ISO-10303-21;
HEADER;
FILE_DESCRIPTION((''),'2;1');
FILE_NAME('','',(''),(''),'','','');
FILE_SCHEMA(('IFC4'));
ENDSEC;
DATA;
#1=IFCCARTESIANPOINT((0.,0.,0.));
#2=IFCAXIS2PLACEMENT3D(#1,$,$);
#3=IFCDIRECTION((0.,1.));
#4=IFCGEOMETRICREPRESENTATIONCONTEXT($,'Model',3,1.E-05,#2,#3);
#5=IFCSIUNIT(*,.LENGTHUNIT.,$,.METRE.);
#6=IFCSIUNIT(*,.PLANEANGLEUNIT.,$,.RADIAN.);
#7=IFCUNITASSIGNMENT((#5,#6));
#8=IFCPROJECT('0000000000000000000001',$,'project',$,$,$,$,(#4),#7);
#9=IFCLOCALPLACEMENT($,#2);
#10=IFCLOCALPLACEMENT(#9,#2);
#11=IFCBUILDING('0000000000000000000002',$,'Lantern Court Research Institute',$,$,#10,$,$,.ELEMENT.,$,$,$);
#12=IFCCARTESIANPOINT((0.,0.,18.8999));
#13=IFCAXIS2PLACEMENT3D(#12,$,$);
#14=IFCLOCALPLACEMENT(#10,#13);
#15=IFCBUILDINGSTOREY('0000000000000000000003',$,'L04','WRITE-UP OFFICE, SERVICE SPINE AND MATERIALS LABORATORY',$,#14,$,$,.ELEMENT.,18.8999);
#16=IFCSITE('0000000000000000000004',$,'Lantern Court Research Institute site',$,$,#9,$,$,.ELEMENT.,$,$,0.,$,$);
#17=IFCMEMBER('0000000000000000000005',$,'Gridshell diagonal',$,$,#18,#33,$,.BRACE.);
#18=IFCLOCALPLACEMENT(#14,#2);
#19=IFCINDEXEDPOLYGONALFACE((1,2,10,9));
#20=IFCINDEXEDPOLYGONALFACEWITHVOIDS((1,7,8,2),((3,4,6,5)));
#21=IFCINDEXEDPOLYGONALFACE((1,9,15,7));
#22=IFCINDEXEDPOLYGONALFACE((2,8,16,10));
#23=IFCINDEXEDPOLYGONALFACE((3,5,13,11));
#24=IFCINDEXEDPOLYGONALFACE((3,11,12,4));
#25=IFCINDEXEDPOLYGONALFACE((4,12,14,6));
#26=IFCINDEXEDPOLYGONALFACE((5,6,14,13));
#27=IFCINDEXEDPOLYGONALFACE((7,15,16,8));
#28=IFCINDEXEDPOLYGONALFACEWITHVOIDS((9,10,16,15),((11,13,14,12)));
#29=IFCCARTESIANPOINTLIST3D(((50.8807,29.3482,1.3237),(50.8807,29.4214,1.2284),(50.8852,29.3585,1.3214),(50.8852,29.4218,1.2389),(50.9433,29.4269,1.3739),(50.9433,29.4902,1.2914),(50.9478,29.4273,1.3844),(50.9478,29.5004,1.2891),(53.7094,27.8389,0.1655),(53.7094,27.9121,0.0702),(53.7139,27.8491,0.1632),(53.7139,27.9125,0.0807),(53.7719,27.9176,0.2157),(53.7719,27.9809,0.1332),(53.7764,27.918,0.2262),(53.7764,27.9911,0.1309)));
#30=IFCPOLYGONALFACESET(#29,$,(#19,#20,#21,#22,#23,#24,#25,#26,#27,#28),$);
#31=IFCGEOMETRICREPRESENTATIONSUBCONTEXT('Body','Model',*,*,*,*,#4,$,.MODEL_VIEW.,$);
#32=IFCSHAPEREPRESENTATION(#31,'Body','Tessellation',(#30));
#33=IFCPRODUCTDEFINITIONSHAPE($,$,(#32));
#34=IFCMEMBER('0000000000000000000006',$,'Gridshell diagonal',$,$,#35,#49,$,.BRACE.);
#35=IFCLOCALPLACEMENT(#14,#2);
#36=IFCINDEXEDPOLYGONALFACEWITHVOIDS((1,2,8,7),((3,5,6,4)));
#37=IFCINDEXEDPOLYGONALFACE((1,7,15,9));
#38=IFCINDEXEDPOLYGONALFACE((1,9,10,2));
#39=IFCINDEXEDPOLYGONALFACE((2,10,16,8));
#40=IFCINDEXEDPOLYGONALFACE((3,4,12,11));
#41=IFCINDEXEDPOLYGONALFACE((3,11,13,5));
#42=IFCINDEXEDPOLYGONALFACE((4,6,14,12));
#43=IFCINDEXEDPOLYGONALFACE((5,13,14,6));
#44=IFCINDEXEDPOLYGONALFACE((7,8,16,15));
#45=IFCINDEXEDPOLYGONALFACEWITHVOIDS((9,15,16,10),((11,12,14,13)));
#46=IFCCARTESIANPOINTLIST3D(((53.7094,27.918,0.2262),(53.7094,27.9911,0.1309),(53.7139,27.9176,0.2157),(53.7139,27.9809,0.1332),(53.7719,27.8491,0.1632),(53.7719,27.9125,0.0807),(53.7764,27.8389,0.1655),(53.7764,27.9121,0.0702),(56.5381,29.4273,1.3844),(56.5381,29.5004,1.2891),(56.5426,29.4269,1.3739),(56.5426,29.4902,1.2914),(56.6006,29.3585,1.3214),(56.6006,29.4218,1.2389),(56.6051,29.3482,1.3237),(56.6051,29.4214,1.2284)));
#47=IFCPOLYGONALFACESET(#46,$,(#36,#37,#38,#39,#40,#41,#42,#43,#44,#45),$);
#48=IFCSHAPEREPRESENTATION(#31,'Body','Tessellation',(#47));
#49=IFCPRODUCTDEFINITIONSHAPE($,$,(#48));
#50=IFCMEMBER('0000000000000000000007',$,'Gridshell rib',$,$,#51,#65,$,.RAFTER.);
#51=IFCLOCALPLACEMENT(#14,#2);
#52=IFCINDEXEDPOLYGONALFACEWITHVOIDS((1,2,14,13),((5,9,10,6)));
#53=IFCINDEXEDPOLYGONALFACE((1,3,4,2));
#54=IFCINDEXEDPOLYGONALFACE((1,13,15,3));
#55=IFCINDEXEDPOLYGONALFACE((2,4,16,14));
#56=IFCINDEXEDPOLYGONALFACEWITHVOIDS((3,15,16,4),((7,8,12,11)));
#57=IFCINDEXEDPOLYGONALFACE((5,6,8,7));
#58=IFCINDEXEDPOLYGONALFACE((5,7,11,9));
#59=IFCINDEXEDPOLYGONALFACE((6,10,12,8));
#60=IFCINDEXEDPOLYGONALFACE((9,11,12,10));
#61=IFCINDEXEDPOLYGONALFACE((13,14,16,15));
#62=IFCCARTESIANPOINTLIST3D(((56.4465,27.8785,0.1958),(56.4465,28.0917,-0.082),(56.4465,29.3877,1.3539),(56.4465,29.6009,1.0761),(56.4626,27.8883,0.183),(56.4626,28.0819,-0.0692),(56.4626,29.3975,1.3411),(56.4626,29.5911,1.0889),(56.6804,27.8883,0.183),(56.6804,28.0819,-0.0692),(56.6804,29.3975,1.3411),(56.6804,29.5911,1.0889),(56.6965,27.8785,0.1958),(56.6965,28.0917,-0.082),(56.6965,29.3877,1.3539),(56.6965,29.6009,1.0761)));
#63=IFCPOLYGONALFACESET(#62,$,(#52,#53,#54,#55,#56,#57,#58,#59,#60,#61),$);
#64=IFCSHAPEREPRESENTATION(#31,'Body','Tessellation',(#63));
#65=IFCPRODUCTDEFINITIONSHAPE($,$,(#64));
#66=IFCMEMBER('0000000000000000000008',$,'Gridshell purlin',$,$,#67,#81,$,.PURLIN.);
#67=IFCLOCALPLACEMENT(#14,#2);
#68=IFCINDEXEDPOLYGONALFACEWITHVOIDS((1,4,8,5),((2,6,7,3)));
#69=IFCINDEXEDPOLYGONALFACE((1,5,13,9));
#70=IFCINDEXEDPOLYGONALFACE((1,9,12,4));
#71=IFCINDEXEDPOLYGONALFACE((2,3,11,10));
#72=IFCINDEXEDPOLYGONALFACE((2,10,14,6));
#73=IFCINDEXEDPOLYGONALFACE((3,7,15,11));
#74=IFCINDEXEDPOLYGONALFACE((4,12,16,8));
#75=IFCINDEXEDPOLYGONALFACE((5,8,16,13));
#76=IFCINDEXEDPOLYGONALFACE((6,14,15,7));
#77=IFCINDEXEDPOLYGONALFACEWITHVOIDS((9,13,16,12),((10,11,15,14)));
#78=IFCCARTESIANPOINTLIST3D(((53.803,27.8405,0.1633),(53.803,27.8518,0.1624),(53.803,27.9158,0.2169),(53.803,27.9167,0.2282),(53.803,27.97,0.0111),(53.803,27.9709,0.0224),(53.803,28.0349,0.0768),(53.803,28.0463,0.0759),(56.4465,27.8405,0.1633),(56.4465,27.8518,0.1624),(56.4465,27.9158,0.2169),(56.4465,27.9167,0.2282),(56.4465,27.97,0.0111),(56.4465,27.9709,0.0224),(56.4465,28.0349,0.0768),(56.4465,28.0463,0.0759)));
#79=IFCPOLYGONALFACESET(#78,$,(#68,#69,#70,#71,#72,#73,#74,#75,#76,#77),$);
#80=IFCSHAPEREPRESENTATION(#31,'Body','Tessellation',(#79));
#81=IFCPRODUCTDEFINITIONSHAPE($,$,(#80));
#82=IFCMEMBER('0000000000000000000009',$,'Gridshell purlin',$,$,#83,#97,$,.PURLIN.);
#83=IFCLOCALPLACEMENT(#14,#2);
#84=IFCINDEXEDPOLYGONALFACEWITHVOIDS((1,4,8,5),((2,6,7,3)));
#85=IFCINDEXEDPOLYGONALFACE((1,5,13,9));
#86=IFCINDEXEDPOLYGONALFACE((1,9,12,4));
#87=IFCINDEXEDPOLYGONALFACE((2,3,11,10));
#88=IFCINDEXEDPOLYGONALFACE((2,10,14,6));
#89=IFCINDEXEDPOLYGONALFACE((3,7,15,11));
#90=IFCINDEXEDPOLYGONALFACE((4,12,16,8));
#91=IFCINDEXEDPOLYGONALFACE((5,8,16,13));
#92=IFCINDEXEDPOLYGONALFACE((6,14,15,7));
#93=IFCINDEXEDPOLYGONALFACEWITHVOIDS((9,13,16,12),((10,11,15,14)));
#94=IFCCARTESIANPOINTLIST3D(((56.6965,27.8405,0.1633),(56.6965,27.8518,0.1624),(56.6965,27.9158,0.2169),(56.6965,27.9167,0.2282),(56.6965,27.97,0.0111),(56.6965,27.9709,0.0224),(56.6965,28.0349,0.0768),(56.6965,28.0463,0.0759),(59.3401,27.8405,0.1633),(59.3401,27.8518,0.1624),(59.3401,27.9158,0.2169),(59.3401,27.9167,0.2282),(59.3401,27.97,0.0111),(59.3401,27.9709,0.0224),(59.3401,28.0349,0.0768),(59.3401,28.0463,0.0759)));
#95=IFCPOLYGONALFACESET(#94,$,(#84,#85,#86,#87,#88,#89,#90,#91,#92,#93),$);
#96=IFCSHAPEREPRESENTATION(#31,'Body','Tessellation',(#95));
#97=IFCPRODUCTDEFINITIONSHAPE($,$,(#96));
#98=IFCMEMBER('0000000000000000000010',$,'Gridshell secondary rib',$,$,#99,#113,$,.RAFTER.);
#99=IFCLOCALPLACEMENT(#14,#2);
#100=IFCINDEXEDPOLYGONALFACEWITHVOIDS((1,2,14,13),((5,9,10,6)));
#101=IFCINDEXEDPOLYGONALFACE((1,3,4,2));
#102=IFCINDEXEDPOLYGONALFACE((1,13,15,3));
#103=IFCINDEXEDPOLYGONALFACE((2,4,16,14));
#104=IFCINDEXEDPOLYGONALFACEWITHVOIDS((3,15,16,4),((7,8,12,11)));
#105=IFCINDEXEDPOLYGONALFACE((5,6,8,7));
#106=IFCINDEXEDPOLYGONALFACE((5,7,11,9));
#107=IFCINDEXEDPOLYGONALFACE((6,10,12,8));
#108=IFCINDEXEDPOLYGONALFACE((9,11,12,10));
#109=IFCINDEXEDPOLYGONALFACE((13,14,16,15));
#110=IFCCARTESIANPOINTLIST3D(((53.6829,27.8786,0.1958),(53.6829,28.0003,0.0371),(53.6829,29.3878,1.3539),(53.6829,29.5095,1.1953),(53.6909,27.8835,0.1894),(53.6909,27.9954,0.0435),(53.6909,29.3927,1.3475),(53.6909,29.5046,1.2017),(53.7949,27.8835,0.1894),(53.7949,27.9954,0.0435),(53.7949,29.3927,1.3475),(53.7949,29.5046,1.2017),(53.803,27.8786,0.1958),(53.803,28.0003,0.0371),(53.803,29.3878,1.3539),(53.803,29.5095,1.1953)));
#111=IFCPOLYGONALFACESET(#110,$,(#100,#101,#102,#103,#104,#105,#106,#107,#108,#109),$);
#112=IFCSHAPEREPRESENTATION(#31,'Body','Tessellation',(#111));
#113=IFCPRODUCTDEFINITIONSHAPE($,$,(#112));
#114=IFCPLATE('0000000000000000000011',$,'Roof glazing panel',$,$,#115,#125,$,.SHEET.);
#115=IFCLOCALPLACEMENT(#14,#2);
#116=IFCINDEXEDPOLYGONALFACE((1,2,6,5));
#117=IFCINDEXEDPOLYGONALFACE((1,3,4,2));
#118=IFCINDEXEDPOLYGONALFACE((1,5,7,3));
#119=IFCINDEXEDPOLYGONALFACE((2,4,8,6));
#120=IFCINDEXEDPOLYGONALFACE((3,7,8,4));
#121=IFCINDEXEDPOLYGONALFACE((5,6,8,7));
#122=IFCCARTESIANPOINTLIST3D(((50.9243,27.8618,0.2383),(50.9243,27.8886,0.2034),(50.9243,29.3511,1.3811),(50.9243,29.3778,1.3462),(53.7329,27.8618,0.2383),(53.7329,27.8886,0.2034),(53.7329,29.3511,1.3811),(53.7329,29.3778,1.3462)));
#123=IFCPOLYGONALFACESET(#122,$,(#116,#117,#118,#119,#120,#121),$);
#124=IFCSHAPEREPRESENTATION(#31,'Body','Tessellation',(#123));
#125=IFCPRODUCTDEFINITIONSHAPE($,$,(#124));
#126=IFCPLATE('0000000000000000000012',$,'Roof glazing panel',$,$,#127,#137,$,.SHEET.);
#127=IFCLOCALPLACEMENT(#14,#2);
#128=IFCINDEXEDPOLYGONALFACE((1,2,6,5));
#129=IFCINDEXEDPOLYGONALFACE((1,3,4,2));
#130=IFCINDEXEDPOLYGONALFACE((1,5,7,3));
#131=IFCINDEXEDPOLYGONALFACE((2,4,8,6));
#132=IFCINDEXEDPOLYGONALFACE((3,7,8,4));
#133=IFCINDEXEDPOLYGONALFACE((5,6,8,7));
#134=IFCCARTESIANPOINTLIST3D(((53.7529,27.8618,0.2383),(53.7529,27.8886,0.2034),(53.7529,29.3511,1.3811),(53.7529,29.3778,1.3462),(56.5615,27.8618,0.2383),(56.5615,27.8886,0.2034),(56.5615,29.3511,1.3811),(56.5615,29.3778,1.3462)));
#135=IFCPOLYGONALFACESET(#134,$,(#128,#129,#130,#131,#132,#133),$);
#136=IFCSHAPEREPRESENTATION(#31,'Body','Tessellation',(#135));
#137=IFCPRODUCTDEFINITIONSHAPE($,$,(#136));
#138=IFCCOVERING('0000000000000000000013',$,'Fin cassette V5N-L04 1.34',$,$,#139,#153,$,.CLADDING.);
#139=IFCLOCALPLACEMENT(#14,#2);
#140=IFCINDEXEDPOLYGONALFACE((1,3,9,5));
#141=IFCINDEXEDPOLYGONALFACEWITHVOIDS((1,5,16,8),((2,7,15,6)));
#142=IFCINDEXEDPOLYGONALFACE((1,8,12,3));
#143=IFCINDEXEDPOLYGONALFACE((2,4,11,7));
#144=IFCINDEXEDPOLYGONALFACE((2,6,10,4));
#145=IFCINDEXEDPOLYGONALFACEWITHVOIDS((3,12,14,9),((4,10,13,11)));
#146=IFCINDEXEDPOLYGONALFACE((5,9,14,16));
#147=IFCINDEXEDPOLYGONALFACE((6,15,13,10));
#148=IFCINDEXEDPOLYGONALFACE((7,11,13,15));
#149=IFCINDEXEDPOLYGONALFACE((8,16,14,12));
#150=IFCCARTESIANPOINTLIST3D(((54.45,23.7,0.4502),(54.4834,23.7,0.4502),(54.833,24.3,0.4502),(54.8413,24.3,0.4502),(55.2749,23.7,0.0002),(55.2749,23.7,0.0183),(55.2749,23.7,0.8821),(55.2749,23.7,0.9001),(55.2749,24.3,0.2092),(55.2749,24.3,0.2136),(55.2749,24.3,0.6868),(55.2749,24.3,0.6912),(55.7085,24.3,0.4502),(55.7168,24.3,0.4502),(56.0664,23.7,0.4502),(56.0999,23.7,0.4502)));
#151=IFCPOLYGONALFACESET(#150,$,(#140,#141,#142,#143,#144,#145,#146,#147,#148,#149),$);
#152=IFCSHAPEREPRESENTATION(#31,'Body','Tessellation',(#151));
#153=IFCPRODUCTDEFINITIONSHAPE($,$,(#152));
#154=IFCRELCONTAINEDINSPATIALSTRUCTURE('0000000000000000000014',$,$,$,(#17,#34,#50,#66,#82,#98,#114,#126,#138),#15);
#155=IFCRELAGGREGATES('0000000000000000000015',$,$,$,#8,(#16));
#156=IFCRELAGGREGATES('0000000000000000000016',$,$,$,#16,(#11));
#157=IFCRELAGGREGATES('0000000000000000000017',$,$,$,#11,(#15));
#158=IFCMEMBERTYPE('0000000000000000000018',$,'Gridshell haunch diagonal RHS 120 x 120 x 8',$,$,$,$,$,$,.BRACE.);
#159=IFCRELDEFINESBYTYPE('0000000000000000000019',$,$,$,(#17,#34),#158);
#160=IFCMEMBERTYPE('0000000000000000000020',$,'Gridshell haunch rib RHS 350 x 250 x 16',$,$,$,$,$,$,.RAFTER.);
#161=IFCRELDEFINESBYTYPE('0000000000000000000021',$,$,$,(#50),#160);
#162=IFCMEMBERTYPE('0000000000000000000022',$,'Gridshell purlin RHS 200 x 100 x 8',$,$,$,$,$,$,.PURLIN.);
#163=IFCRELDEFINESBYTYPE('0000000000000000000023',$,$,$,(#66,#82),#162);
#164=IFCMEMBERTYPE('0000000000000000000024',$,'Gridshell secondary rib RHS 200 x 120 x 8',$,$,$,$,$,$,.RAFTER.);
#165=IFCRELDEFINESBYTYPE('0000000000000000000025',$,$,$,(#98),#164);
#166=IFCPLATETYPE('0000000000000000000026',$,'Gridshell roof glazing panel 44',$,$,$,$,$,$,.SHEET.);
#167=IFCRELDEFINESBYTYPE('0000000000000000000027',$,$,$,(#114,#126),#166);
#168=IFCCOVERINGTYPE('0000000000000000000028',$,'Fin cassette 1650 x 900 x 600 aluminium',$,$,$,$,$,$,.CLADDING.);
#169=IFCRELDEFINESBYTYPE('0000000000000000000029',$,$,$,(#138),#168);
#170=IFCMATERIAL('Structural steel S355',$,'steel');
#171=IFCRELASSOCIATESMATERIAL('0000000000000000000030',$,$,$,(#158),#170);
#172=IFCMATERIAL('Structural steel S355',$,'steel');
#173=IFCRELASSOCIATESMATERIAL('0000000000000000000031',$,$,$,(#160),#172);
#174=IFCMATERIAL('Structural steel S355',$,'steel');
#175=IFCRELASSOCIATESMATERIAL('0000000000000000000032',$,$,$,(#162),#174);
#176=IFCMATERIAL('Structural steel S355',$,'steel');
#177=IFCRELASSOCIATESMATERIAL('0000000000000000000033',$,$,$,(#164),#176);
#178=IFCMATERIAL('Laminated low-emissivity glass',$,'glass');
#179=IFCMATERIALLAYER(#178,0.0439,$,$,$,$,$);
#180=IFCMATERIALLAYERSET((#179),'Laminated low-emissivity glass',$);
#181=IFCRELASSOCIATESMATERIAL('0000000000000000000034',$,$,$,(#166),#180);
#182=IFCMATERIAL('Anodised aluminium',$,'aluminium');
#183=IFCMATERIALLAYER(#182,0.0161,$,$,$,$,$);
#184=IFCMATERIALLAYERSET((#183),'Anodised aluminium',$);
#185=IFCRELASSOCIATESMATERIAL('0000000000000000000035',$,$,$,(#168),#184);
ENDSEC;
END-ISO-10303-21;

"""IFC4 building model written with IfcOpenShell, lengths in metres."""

from ifc_helpers import new_model, entity, si_unit, direction, frame, origin, origin_2d, place, context, subcontext, project, spatial, polyline, hollow_rectangle, outline, extrude, material, layer, layer_set, material_profile, profile_set, type_object, element, save


model = new_model("IFC4")

# Units and contexts
model_context = context("Model", 3, precision=1e-05, world=origin(), true_north=direction((0.0, 1.0)))
body_context = subcontext(model_context, "Body", "Model", "MODEL_VIEW")
ifc_project = project(units=[si_unit("LENGTHUNIT", "METRE"), si_unit("PLANEANGLEUNIT", "RADIAN")], contexts=[model_context])

# Site, building, storey
site_placement = place(None, origin())
site = spatial("IfcSite", under=ifc_project, at=site_placement, Name="Lantern Court Research Institute site", CompositionType="ELEMENT", RefElevation=0.0)
building_placement = place(site_placement, origin())
building = spatial("IfcBuilding", under=site, at=building_placement, Name="Lantern Court Research Institute", CompositionType="ELEMENT")
storey_placement = place(building_placement, frame((0.0, 0.0, 18.8999)))
storey = spatial("IfcBuildingStorey", under=building, at=storey_placement, Name="L04", Description="WRITE-UP OFFICE, SERVICE SPINE AND MATERIALS LABORATORY", CompositionType="ELEMENT", Elevation=18.8999)

# Members
ifc_material_1 = material(Name="Structural steel S355", Category="steel")
ifc_material_profile_1 = material_profile(ifc_material_1, hollow_rectangle(XDim=0.1201, YDim=0.1201, WallThickness=0.0081, at=origin_2d()), Name="Gridshell haunch diagonal RHS 120 x 120 x 8")
ifc_profile_set_1 = profile_set([ifc_material_profile_1], Name="Structural steel S355")
member_type_1 = type_object("IfcMemberType", Name="Gridshell haunch diagonal RHS 120 x 120 x 8", PredefinedType="BRACE", material=ifc_profile_set_1)
for number, where, z_axis, x_axis, name in (
    (1, (53.7429, 27.915, 0.1482), (-0.82978, 0.44275, 0.339761), (-0.558091, -0.65828, -0.505176), "Gridshell diagonal"),
    (2, (53.7429, 27.915, 0.1482), (0.82978, 0.44275, 0.339761), (-0.558091, 0.65828, 0.505176), "Gridshell diagonal"),
):
    element("IfcMember", number, at=place(storey_placement, frame(where, z_axis=z_axis, x_axis=x_axis)), inside=storey, type_object=member_type_1, Name=name, PredefinedType="BRACE", context=body_context, shape_type="SweptSolid", body=[
        extrude(hollow_rectangle(XDim=0.1201, YDim=0.1201, WallThickness=0.0081, at=origin_2d()), origin(), (0.0, 0.0, 1.0), 3.4089),
    ])
ifc_material_2 = material(Name="Structural steel S355", Category="steel")
ifc_material_profile_2 = material_profile(ifc_material_2, hollow_rectangle(XDim=0.25, YDim=0.3501, WallThickness=0.0161, at=origin_2d()), Name="Gridshell haunch rib RHS 350 x 250 x 16")
ifc_profile_set_2 = profile_set([ifc_material_profile_2], Name="Structural steel S355")
member_type_2 = type_object("IfcMemberType", Name="Gridshell haunch rib RHS 350 x 250 x 16", PredefinedType="RAFTER", material=ifc_profile_set_2)
member_1_placement = place(storey_placement, frame((56.5715, 27.9851, 0.0569), z_axis=(0.0, 0.79333, 0.608792), x_axis=(-1.0, 0.0, 0.0)))
element("IfcMember", 3, at=member_1_placement, inside=storey, type_object=member_type_2, Name="Gridshell rib", PredefinedType="RAFTER", context=body_context, shape_type="SweptSolid", body=[
    extrude(hollow_rectangle(XDim=0.25, YDim=0.3501, WallThickness=0.0161, at=origin_2d()), origin(), (0.0, 0.0, 1.0), 1.9023),
])
ifc_material_3 = material(Name="Structural steel S355", Category="steel")
ifc_material_profile_3 = material_profile(ifc_material_3, hollow_rectangle(XDim=0.1001, YDim=0.2, WallThickness=0.0081, at=origin_2d()), Name="Gridshell purlin RHS 200 x 100 x 8")
ifc_profile_set_3 = profile_set([ifc_material_profile_3], Name="Structural steel S355")
member_type_3 = type_object("IfcMemberType", Name="Gridshell purlin RHS 200 x 100 x 8", PredefinedType="PURLIN", material=ifc_profile_set_3)
for number, where, z_axis, x_axis, name in (
    (4, (53.803, 27.9434, 0.1196), (1.0, 0.0, 0.0), (0.0, 0.761673, 0.647962), "Gridshell purlin"),
    (5, (56.6965, 27.9434, 0.1196), (1.0, 0.0, 0.0), (0.0, 0.761673, 0.647962), "Gridshell purlin"),
):
    element("IfcMember", number, at=place(storey_placement, frame(where, z_axis=z_axis, x_axis=x_axis)), inside=storey, type_object=member_type_3, Name=name, PredefinedType="PURLIN", context=body_context, shape_type="SweptSolid", body=[
        extrude(hollow_rectangle(XDim=0.1001, YDim=0.2, WallThickness=0.0081, at=origin_2d()), origin(), (0.0, 0.0, 1.0), 2.6436),
    ])
ifc_material_4 = material(Name="Structural steel S355", Category="steel")
ifc_material_profile_4 = material_profile(ifc_material_4, hollow_rectangle(XDim=0.1201, YDim=0.2, WallThickness=0.0081, at=origin_2d()), Name="Gridshell secondary rib RHS 200 x 120 x 8")
ifc_profile_set_4 = profile_set([ifc_material_profile_4], Name="Structural steel S355")
member_type_4 = type_object("IfcMemberType", Name="Gridshell secondary rib RHS 200 x 120 x 8", PredefinedType="RAFTER", material=ifc_profile_set_4)
member_2_placement = place(storey_placement, frame((53.7429, 27.9395, 0.1165), z_axis=(0.0, 0.79333, 0.608792), x_axis=(-1.0, 0.0, 0.0)))
element("IfcMember", 6, at=member_2_placement, inside=storey, type_object=member_type_4, Name="Gridshell secondary rib", PredefinedType="RAFTER", context=body_context, shape_type="SweptSolid", body=[
    extrude(hollow_rectangle(XDim=0.1201, YDim=0.2, WallThickness=0.0081, at=origin_2d()), origin(), (0.0, 0.0, 1.0), 1.9023),
])

# Plates
ifc_material_5 = material(Name="Laminated low-emissivity glass", Category="glass")
ifc_layer_1 = layer(ifc_material_5, 0.0439)
ifc_layer_set_1 = layer_set([ifc_layer_1], Name="Laminated low-emissivity glass")
plate_type = type_object("IfcPlateType", Name="Gridshell roof glazing panel 44", PredefinedType="SHEET", material=ifc_layer_set_1)
for number, where, z_axis, x_axis, name in (
    (7, (53.7329, 27.8618, 0.2383), (0.0, -0.608786, 0.793334), (-1.0, 0.0, 0.0), "Roof glazing panel"),
    (8, (56.5615, 27.8618, 0.2383), (0.0, -0.608786, 0.793334), (-1.0, 0.0, 0.0), "Roof glazing panel"),
):
    element("IfcPlate", number, at=place(storey_placement, frame(where, z_axis=z_axis, x_axis=x_axis)), inside=storey, type_object=plate_type, Name=name, PredefinedType="SHEET", context=body_context, shape_type="SweptSolid", body=[
        extrude(outline(polyline([(0.0, 0.0), (2.8086, 0.0), (2.8086, -1.8772), (0.0, -1.8772), (0.0, 0.0)])), origin(), (0.0, 0.0, -1.0), 0.0439),
    ])

# Covering
ifc_material_6 = material(Name="Anodised aluminium", Category="aluminium")
ifc_layer_2 = layer(ifc_material_6, 0.0161)
ifc_layer_set_2 = layer_set([ifc_layer_2], Name="Anodised aluminium")
covering_type_1 = type_object("IfcCoveringType", Name="Fin cassette 1650 x 900 x 600 aluminium", PredefinedType="CLADDING", material=ifc_layer_set_2)
covering_1_placement = place(storey_placement, frame((55.2749, 23.7, 0.4502), z_axis=(0.0, 1.0, 0.0), x_axis=(-1.0, 0.0, 0.0)))
cartesian_point_1 = entity("IfcCartesianPoint", [0.825, 0.0])
cartesian_point_2 = entity("IfcCartesianPoint", [0.7915, 0.0])
cartesian_point_3 = entity("IfcCartesianPoint", [0.4419, 0.0])
cartesian_point_4 = entity("IfcCartesianPoint", [0.4336, 0.0])
element("IfcCovering", 9, at=covering_1_placement, inside=storey, type_object=covering_type_1, Name="Fin cassette V5N-L04 1.34", PredefinedType="CLADDING", context=body_context, shape_type="SweptSolid", body=[
    entity("IfcExtrudedAreaSolidTapered", entity("IfcArbitraryProfileDefWithVoids", "AREA", None, entity("IfcPolyline", [cartesian_point_1, entity("IfcCartesianPoint", [0.0, 0.45]), entity("IfcCartesianPoint", [-0.825, 0.0]), entity("IfcCartesianPoint", [0.0, -0.45]), cartesian_point_1]), [entity("IfcPolyline", [cartesian_point_2, entity("IfcCartesianPoint", [0.0, 0.4319]), entity("IfcCartesianPoint", [-0.7915, 0.0]), entity("IfcCartesianPoint", [0.0, -0.4319]), cartesian_point_2])]), entity("IfcAxis2Placement3D", entity("IfcCartesianPoint", [0.0, 0.0, 0.0])), entity("IfcDirection", [0.0, 0.0, 1.0]), 0.6001, entity("IfcArbitraryProfileDefWithVoids", "AREA", None, entity("IfcPolyline", [cartesian_point_3, entity("IfcCartesianPoint", [0.0, 0.241]), entity("IfcCartesianPoint", [-0.4419, 0.0]), entity("IfcCartesianPoint", [0.0, -0.241]), cartesian_point_3]), [entity("IfcPolyline", [cartesian_point_4, entity("IfcCartesianPoint", [0.0, 0.2366]), entity("IfcCartesianPoint", [-0.4336, 0.0]), entity("IfcCartesianPoint", [0.0, -0.2366]), cartesian_point_4])])),
])

save(model, "model.ifc")
